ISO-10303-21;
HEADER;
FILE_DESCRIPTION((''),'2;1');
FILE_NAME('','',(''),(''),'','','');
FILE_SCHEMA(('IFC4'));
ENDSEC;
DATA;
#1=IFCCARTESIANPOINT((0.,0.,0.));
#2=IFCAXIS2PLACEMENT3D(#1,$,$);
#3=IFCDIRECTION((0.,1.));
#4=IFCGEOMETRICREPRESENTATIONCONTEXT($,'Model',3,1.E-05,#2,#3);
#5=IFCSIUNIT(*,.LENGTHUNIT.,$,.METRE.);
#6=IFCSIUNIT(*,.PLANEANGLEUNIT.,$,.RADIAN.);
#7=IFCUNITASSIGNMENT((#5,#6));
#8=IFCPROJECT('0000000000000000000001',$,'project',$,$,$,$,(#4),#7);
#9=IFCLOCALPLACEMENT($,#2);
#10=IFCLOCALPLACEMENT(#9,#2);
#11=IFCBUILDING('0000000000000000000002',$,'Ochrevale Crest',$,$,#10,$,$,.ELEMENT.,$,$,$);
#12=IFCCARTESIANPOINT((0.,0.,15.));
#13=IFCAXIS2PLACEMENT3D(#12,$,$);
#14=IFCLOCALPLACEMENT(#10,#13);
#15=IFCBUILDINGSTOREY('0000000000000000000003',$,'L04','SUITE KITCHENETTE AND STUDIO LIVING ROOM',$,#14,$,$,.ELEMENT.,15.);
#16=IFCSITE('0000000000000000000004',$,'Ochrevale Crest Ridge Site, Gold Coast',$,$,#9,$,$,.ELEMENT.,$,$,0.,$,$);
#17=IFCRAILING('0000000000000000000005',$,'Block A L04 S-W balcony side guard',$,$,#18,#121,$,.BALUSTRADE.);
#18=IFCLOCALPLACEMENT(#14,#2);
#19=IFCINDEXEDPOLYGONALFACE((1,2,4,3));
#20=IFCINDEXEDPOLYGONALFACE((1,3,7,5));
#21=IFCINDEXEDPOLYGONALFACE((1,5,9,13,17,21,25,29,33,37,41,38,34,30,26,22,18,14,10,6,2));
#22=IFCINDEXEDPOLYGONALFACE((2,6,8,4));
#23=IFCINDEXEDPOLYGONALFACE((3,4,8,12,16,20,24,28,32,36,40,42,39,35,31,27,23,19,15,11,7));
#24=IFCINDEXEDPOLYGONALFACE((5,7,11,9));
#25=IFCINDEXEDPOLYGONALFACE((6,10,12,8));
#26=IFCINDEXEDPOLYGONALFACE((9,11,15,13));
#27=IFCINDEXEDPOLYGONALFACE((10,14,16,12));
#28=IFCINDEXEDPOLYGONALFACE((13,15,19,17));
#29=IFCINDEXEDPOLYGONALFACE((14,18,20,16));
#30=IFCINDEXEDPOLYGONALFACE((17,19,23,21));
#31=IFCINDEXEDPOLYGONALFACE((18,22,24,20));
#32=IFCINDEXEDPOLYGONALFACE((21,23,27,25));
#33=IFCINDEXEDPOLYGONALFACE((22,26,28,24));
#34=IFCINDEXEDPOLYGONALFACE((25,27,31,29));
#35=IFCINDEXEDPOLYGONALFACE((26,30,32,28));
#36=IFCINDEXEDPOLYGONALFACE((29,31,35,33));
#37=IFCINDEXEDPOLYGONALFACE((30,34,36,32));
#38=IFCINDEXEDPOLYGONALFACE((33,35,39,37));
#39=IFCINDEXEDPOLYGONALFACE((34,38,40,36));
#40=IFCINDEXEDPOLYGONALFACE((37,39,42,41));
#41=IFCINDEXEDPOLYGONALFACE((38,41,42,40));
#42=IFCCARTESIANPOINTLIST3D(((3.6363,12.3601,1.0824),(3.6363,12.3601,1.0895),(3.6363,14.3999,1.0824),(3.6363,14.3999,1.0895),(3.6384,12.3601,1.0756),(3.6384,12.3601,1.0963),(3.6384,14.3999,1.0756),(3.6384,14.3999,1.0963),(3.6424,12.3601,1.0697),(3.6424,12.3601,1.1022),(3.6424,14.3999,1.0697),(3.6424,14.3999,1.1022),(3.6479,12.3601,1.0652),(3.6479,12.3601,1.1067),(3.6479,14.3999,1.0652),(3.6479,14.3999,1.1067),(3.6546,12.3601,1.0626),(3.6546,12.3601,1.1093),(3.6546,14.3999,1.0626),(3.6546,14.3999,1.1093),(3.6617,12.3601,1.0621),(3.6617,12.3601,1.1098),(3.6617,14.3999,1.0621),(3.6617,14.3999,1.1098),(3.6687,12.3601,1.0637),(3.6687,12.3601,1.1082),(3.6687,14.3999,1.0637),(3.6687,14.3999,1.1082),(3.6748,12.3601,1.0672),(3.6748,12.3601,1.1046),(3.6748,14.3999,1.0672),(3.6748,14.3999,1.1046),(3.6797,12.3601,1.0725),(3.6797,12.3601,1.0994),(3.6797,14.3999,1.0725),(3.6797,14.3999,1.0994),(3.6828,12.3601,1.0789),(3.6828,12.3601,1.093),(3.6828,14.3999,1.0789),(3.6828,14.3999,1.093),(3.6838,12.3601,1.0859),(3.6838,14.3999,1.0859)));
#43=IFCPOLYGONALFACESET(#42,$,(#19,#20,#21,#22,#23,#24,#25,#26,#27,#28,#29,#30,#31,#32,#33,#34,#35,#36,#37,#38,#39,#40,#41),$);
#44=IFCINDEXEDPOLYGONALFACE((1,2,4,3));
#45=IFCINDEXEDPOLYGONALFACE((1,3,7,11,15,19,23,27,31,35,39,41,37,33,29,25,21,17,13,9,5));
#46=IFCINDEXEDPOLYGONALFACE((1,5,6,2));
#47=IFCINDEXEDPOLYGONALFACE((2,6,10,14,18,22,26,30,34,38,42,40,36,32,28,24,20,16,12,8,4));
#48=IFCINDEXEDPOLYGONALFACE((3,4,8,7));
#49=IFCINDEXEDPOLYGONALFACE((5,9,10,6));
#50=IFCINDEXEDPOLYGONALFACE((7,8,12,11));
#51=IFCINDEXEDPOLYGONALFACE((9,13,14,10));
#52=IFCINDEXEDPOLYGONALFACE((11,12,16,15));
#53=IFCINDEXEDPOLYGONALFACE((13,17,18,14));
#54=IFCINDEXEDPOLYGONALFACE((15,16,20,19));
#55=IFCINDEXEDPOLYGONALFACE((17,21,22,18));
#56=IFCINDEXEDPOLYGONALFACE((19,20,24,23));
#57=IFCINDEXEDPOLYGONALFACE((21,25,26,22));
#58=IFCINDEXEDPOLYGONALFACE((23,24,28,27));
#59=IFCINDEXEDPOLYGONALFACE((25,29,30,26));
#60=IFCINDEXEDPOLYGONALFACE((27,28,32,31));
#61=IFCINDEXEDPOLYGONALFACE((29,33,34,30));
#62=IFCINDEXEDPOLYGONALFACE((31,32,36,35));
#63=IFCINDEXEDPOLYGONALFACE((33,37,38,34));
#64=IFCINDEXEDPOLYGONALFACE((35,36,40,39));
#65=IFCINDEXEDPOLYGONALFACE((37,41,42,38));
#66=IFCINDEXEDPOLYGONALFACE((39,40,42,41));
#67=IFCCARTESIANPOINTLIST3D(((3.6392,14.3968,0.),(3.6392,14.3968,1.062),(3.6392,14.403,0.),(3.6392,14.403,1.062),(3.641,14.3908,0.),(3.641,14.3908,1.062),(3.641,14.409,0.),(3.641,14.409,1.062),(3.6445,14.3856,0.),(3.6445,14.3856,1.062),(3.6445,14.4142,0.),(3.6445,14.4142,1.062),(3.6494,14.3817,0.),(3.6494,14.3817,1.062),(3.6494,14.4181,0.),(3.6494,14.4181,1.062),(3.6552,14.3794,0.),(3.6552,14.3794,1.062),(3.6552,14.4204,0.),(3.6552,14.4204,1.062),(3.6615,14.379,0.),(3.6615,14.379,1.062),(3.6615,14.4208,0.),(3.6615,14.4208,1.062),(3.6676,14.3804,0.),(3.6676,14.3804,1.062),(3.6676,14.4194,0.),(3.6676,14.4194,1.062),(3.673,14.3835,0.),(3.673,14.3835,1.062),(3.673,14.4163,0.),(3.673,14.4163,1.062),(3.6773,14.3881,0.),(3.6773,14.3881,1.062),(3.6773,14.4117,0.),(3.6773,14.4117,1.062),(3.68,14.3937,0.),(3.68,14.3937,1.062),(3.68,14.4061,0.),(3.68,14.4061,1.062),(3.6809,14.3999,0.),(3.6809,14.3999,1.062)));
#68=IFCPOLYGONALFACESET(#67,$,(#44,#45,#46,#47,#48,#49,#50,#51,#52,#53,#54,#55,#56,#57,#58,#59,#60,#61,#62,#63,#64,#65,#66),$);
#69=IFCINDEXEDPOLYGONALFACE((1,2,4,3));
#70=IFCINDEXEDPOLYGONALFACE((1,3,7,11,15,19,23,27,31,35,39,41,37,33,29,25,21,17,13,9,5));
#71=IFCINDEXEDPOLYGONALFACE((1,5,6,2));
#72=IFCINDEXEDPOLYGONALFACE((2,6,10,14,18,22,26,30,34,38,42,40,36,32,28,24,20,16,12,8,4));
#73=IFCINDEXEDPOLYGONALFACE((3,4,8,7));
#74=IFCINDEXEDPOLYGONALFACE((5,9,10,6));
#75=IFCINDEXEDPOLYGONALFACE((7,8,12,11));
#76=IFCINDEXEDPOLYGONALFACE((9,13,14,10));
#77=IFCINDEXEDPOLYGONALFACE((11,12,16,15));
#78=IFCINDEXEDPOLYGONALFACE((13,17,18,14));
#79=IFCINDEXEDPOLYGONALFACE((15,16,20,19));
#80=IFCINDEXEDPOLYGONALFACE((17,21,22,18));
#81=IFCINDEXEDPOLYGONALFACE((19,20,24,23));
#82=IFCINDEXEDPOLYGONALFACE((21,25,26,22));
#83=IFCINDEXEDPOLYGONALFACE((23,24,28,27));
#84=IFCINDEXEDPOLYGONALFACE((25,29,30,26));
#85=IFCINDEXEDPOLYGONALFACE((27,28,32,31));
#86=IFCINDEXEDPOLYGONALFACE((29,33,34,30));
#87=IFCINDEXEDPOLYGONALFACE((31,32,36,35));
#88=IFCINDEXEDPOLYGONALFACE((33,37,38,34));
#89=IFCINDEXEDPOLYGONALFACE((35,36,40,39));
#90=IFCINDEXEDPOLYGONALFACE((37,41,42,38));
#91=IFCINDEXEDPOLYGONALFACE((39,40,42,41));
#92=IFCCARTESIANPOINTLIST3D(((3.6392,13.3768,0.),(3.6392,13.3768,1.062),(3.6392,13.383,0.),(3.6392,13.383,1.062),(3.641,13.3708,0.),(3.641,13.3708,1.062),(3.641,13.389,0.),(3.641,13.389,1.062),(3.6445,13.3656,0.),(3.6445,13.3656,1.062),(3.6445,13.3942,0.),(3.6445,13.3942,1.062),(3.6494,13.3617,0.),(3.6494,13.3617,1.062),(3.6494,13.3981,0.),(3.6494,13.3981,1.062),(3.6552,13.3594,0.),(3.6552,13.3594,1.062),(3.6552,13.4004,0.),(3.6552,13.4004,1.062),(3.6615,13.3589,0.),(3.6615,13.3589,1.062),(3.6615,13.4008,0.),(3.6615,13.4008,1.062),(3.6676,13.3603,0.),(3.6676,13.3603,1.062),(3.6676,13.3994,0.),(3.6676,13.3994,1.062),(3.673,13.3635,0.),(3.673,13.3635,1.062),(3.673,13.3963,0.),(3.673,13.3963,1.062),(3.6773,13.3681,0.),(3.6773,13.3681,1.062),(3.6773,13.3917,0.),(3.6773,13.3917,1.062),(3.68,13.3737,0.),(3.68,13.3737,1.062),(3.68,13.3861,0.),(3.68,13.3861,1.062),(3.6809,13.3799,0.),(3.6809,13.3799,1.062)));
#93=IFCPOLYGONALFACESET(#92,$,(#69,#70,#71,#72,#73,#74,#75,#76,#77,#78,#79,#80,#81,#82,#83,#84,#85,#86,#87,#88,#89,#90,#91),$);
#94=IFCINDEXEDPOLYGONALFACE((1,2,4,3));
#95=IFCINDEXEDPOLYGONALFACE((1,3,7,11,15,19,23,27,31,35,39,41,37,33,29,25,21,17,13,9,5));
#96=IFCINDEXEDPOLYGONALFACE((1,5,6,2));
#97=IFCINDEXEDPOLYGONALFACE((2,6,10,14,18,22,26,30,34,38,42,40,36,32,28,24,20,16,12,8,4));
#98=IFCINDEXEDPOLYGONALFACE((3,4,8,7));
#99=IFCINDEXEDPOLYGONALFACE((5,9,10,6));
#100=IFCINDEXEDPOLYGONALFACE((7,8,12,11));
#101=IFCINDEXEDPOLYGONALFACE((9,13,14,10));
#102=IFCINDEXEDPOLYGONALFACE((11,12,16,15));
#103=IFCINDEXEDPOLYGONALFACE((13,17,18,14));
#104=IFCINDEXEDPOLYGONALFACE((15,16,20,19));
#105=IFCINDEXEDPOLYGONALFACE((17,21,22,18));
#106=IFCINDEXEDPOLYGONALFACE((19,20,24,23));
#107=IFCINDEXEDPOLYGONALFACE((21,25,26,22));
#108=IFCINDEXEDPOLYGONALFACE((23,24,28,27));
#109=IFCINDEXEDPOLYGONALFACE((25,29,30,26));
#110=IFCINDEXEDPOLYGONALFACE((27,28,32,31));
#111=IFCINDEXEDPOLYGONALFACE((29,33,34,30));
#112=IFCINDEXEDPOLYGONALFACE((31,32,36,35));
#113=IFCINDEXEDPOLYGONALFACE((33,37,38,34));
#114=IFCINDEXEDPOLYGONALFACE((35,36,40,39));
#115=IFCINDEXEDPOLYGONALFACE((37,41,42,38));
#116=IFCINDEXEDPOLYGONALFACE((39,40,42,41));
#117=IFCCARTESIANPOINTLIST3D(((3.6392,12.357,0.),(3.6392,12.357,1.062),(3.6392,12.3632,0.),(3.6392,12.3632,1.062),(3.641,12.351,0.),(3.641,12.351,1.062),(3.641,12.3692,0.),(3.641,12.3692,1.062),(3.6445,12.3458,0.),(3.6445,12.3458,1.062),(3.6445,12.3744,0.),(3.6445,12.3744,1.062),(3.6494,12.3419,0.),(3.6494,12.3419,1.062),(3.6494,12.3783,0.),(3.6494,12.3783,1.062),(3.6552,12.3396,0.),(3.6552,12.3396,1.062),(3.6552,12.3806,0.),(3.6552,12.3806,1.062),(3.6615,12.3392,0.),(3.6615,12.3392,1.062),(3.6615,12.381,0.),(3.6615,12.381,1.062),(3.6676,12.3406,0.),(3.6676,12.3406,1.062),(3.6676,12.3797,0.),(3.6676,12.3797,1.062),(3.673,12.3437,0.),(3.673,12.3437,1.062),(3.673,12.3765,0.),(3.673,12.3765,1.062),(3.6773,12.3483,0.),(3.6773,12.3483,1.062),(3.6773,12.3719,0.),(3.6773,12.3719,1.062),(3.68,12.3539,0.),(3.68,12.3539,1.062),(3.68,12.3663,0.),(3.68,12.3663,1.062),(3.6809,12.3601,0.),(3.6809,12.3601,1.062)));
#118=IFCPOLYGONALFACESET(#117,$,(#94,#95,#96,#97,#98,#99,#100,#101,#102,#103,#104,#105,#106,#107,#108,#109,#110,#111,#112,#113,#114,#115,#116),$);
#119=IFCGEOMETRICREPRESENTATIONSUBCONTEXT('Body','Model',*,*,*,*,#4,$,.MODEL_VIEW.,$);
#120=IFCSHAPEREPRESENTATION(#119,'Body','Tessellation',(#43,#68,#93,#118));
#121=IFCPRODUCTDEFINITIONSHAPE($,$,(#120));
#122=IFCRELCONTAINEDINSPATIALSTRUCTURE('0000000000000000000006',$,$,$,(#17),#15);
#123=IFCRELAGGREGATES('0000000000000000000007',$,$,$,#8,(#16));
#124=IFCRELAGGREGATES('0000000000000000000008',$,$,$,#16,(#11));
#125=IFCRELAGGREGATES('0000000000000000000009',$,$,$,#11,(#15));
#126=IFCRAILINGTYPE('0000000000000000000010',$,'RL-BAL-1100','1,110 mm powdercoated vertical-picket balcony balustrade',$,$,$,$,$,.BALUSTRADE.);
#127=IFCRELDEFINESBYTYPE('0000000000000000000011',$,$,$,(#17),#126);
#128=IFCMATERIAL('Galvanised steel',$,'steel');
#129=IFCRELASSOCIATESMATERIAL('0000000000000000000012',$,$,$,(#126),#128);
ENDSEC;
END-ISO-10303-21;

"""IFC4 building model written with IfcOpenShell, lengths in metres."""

from ifc_helpers import new_model, si_unit, direction, frame, origin, origin_2d, place, context, subcontext, project, spatial, circle, extrude, material, type_object, element, save


model = new_model("IFC4")

# Units and contexts
model_context = context("Model", 3, precision=1e-05, world=origin(), true_north=direction((0.0, 1.0)))
body_context = subcontext(model_context, "Body", "Model", "MODEL_VIEW")
ifc_project = project(units=[si_unit("LENGTHUNIT", "METRE"), si_unit("PLANEANGLEUNIT", "RADIAN")], contexts=[model_context])

# Site, building, storey
site_placement = place(None, origin())
site = spatial("IfcSite", under=ifc_project, at=site_placement, Name="Ochrevale Crest Ridge Site, Gold Coast", CompositionType="ELEMENT", RefElevation=0.0)
building_placement = place(site_placement, origin())
building = spatial("IfcBuilding", under=site, at=building_placement, Name="Ochrevale Crest", CompositionType="ELEMENT")
storey_placement = place(building_placement, frame((0.0, 0.0, 15.0)))
storey = spatial("IfcBuildingStorey", under=building, at=storey_placement, Name="L04", Description="SUITE KITCHENETTE AND STUDIO LIVING ROOM", CompositionType="ELEMENT", Elevation=15.0)

# Railing
ifc_material_1 = material(Name="Galvanised steel", Category="steel")
railing_type = type_object("IfcRailingType", Name="RL-BAL-1100", Description="1,110 mm powdercoated vertical-picket balcony balustrade", PredefinedType="BALUSTRADE", material=ifc_material_1)
railing_placement = place(storey_placement, frame((3.6599, 14.3999, 0.0)))
element("IfcRailing", 1, at=railing_placement, inside=storey, type_object=railing_type, Name="Block A L04 S-W balcony side guard", PredefinedType="BALUSTRADE", context=body_context, shape_type="SweptSolid", body=[
    extrude(circle(Radius=0.0239, at=origin_2d()), frame((0.0, 0.0, 1.0859), z_axis=(0.0, -1.0, 0.0), x_axis=(1.0, 0.0, 0.0)), (0.0, 0.0, 1.0), 2.0398),
    extrude(circle(Radius=0.021, at=origin_2d()), origin(), (0.0, 0.0, 1.0), 1.062),
    extrude(circle(Radius=0.021, at=origin_2d()), frame((0.0, -1.02, 0.0)), (0.0, 0.0, 1.0), 1.062),
    extrude(circle(Radius=0.021, at=origin_2d()), frame((0.0, -2.0398, 0.0)), (0.0, 0.0, 1.0), 1.062),
])

save(model, "model.ifc")
